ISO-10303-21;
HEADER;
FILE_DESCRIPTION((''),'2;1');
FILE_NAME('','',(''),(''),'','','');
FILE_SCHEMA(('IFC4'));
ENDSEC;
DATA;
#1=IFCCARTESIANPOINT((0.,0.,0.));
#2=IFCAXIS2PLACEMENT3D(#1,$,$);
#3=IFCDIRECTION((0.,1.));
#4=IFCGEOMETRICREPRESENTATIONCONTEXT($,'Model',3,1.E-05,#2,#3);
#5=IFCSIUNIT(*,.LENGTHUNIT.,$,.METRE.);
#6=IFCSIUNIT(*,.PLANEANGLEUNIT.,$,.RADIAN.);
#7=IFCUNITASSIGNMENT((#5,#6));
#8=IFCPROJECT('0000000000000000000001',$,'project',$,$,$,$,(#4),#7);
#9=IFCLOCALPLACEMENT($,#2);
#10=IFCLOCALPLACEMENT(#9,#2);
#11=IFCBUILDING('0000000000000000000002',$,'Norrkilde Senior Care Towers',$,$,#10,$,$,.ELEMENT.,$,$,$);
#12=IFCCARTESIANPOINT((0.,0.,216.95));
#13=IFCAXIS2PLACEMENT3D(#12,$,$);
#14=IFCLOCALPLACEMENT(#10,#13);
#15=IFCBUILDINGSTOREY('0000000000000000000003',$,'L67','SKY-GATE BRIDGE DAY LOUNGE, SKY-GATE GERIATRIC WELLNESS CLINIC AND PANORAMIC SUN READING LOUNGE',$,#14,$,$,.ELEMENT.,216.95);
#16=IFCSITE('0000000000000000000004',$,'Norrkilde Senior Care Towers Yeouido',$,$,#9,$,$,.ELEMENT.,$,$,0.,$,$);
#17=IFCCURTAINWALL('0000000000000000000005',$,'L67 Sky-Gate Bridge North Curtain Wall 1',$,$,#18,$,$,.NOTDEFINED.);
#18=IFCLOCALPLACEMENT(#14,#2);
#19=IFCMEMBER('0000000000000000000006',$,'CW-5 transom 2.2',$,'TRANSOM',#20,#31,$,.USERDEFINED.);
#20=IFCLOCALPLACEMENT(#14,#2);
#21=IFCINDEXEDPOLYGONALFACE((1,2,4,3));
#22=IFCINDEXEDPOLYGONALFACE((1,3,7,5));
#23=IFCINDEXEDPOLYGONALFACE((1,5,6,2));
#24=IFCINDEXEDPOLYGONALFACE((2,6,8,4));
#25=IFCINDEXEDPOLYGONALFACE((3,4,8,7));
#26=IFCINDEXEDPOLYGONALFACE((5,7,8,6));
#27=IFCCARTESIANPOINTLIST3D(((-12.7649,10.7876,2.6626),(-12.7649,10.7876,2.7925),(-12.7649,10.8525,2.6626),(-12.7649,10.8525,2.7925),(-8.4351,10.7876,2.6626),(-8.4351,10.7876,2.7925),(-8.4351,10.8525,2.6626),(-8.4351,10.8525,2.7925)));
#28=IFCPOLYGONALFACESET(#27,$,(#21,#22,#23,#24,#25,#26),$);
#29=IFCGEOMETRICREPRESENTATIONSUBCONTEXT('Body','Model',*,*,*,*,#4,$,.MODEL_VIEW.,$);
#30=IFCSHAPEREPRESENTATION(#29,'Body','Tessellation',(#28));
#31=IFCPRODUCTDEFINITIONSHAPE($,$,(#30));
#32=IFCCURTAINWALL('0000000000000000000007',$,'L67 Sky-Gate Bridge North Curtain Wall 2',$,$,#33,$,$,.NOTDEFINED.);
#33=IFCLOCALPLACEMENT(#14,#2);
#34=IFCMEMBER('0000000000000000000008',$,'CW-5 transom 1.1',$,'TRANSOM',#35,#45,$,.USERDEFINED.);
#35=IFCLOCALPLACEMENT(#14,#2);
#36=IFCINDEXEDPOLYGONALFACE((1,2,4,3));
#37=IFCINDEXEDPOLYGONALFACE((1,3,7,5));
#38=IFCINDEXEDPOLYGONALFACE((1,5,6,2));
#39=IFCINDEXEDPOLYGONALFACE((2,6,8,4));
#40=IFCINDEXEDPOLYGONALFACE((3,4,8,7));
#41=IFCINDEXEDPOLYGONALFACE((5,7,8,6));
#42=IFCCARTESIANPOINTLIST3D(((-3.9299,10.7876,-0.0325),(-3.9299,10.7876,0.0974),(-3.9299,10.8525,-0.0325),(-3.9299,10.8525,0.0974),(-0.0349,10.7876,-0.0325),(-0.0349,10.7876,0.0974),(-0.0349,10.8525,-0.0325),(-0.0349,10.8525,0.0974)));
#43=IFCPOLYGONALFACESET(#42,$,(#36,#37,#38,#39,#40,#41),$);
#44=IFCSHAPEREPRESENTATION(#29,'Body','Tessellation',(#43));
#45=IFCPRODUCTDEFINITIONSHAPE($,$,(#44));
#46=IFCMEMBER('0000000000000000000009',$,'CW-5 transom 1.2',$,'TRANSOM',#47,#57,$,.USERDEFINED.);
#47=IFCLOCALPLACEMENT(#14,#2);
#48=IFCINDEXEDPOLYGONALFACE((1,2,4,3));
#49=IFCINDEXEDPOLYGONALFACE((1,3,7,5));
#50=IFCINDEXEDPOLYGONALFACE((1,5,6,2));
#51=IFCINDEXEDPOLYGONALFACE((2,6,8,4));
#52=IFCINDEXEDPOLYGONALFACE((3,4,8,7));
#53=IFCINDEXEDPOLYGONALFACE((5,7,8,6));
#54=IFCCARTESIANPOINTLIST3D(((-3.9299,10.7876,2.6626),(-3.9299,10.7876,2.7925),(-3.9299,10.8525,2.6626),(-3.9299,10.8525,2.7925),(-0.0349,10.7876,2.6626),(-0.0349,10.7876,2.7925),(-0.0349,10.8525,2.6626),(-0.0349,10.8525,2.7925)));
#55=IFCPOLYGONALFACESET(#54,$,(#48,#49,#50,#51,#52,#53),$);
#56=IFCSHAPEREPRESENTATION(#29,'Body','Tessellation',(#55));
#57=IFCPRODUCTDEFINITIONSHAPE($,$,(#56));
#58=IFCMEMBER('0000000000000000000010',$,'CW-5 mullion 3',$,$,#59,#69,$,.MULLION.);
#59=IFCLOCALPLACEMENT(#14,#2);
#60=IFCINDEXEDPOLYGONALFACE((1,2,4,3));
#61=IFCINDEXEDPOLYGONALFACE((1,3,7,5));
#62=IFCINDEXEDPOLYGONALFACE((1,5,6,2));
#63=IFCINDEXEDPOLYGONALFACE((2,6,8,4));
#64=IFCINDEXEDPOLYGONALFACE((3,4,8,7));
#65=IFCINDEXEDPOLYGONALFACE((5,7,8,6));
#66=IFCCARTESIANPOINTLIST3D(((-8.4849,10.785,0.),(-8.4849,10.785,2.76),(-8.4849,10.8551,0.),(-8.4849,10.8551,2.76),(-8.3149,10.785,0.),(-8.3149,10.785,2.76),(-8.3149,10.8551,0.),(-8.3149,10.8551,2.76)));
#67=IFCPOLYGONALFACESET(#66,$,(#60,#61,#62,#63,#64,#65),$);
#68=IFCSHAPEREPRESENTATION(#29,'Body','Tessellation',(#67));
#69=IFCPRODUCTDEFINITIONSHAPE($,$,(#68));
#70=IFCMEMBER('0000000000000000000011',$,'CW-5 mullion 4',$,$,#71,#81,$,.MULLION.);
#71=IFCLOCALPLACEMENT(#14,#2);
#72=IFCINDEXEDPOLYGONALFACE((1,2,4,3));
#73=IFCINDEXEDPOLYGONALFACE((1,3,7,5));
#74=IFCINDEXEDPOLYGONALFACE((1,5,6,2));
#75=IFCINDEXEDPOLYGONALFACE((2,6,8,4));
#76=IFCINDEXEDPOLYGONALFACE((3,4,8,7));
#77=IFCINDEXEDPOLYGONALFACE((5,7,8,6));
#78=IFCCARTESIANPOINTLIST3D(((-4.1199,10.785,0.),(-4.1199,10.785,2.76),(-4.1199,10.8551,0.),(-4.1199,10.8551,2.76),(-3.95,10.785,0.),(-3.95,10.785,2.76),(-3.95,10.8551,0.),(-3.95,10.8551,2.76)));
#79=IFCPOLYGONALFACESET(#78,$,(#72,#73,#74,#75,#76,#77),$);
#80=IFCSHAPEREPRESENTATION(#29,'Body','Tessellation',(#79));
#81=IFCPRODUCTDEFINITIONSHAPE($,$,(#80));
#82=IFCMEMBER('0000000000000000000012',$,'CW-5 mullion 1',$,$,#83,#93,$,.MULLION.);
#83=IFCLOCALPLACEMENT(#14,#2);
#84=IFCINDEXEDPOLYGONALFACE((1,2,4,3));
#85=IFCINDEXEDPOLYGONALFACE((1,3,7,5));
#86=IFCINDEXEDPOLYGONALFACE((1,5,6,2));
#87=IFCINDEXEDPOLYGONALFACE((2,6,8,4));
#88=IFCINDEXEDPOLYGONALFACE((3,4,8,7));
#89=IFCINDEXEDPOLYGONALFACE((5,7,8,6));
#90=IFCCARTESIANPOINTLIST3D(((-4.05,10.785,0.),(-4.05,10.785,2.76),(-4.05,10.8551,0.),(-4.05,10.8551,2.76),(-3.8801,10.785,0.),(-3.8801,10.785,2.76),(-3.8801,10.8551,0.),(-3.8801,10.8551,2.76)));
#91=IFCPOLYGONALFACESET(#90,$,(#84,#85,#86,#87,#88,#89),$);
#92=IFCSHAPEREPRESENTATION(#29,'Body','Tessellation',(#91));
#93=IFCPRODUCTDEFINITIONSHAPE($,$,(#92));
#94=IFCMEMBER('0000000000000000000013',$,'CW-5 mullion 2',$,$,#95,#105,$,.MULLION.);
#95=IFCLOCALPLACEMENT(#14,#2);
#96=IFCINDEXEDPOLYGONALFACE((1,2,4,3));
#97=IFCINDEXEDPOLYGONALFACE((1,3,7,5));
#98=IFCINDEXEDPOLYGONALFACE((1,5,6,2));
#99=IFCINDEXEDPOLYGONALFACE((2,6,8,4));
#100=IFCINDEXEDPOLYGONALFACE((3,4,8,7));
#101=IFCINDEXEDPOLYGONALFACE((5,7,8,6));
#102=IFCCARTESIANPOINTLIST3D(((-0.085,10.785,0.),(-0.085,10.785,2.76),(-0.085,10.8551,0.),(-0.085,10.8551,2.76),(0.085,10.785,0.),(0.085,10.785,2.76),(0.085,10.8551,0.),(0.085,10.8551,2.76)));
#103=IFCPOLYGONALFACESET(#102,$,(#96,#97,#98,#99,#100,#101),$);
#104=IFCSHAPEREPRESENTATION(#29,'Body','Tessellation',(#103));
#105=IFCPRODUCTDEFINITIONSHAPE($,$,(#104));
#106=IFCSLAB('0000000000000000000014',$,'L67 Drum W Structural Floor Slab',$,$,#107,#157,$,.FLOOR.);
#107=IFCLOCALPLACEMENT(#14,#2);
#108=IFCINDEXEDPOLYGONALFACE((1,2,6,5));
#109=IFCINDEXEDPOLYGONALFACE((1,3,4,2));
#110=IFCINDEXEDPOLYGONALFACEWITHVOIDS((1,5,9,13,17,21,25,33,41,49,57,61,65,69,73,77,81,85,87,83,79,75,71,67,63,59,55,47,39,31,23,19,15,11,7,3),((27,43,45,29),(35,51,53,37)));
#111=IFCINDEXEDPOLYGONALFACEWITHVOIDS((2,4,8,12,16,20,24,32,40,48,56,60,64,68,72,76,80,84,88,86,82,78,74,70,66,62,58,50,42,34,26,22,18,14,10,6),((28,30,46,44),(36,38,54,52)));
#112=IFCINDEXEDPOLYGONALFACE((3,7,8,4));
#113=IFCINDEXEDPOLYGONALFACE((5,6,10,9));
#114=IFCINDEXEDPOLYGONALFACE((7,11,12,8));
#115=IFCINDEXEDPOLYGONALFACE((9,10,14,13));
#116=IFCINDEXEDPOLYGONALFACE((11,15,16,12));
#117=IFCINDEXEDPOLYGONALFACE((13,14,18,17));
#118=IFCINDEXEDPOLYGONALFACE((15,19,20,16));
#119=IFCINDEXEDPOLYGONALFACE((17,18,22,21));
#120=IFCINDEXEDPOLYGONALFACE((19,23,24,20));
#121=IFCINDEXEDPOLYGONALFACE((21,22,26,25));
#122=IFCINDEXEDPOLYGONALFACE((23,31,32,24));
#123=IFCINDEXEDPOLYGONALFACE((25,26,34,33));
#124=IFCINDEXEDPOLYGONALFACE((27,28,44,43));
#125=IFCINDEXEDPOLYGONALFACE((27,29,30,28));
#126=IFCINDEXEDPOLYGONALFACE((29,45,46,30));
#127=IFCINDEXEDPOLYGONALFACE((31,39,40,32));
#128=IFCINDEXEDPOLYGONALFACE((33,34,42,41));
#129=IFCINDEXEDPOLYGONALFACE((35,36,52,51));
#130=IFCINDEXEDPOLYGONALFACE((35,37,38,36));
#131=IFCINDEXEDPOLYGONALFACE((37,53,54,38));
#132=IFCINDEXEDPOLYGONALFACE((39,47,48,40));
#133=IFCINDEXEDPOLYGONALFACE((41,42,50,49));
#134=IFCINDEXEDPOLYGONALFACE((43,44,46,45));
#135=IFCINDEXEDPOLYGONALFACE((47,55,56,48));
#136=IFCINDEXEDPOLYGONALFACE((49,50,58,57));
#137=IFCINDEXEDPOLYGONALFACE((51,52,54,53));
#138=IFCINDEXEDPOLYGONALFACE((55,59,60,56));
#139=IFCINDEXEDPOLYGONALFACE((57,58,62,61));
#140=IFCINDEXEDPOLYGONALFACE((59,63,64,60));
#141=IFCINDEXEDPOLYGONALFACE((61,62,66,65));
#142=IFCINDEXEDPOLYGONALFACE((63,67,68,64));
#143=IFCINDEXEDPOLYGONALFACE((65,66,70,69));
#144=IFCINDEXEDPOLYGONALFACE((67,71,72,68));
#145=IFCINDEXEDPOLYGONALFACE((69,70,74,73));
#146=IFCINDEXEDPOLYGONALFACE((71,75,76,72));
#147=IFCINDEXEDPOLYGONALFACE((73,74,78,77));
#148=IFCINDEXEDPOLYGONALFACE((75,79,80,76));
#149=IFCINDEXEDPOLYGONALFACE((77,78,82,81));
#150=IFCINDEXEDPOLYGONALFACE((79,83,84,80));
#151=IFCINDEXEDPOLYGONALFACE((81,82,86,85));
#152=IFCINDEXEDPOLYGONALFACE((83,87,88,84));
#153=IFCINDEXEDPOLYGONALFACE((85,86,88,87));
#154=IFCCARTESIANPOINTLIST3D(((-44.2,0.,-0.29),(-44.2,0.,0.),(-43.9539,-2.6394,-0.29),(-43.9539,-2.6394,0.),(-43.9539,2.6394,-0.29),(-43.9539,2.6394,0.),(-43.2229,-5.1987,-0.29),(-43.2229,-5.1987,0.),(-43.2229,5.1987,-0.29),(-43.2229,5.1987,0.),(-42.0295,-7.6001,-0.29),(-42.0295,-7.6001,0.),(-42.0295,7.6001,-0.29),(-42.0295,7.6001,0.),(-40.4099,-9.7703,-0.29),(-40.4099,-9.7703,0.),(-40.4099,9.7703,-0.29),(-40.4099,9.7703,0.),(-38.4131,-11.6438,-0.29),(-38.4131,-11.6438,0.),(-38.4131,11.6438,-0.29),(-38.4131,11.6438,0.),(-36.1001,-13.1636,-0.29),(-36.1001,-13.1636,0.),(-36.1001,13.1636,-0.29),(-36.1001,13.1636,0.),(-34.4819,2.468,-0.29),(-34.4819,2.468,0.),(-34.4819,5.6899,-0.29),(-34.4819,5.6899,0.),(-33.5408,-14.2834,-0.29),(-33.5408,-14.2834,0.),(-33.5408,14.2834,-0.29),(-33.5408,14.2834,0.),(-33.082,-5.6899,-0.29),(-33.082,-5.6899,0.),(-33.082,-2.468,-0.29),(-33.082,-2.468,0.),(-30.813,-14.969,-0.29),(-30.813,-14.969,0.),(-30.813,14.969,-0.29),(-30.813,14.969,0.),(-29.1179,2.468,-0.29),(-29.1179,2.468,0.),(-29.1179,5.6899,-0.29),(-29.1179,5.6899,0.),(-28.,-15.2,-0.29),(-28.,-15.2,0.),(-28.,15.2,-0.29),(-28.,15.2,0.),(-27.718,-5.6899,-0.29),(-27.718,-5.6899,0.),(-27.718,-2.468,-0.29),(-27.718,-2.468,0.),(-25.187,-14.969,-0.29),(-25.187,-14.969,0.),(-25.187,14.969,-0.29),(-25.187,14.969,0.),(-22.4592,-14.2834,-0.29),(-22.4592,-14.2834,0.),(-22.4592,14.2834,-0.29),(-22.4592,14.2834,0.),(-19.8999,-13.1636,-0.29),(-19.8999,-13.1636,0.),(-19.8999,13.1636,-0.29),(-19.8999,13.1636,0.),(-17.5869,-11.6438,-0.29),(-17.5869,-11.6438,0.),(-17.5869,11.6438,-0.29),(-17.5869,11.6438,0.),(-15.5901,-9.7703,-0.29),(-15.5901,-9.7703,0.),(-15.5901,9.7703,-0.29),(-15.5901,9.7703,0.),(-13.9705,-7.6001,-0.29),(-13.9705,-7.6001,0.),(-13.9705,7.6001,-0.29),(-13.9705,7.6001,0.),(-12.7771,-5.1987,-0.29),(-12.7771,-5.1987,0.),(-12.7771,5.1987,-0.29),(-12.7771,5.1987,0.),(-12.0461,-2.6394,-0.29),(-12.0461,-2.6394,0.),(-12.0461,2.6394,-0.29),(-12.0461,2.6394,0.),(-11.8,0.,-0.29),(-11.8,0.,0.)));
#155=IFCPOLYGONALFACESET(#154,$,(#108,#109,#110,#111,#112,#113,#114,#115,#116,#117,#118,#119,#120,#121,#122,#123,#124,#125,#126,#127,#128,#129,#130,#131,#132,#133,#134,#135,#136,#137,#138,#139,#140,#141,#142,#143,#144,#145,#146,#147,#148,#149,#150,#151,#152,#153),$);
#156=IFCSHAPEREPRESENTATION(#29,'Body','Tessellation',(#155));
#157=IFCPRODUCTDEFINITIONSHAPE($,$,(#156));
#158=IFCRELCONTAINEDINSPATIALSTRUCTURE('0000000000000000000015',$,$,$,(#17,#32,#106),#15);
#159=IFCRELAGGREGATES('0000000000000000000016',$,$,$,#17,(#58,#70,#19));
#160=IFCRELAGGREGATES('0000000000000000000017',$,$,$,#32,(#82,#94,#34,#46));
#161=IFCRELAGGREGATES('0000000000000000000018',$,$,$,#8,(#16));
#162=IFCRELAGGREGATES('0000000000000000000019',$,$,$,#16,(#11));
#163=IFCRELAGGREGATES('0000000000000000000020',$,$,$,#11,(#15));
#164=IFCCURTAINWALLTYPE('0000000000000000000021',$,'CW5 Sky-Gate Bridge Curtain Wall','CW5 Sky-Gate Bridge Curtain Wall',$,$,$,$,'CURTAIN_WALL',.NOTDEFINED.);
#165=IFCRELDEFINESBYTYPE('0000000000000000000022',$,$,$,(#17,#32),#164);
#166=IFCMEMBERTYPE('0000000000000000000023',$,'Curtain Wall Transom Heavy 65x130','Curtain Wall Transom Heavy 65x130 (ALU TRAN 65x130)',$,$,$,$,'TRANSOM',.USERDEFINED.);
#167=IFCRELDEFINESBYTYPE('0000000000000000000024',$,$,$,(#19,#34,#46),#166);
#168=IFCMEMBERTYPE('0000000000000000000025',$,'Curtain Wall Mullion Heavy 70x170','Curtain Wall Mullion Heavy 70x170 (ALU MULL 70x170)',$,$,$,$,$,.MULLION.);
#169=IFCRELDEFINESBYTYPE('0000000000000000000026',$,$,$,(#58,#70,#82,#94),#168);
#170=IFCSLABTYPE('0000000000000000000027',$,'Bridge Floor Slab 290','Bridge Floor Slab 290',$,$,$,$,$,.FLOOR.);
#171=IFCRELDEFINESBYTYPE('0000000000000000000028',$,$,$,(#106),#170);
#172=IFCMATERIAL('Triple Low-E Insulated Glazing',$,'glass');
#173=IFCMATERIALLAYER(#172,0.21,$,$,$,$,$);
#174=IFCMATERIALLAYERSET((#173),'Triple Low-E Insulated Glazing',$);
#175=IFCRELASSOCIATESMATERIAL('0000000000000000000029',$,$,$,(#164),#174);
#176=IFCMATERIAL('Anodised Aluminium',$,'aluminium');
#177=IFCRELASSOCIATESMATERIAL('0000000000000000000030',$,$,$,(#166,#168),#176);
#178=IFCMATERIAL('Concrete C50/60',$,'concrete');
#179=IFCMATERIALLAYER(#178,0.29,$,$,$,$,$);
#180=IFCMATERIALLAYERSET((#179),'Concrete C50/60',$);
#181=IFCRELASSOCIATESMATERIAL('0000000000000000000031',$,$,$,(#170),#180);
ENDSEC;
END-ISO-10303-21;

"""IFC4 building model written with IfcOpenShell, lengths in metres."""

from ifc_helpers import new_model, si_unit, direction, frame, origin, origin_2d, place, context, subcontext, project, spatial, polyline, rectangle, outline, extrude, source, transform, mapped, material, layer, layer_set, material_profile, profile_set, type_object, type_shapes, element, aggregate, save


model = new_model("IFC4")

# Units and contexts
model_context = context("Model", 3, precision=1e-05, world=origin(), true_north=direction((0.0, 1.0)))
body_context = subcontext(model_context, "Body", "Model", "MODEL_VIEW")
ifc_project = project(units=[si_unit("LENGTHUNIT", "METRE"), si_unit("PLANEANGLEUNIT", "RADIAN")], contexts=[model_context])

# Site, building, storey
site_placement = place(None, origin())
site = spatial("IfcSite", under=ifc_project, at=site_placement, Name="Norrkilde Senior Care Towers Yeouido", CompositionType="ELEMENT", RefElevation=0.0)
building_placement = place(site_placement, origin())
building = spatial("IfcBuilding", under=site, at=building_placement, Name="Norrkilde Senior Care Towers", CompositionType="ELEMENT")
storey_placement = place(building_placement, frame((0.0, 0.0, 216.95)))
storey = spatial("IfcBuildingStorey", under=building, at=storey_placement, Name="L67", Description="SKY-GATE BRIDGE DAY LOUNGE, SKY-GATE GERIATRIC WELLNESS CLINIC AND PANORAMIC SUN READING LOUNGE", CompositionType="ELEMENT", Elevation=216.95)

# Curtain walls, members
ifc_material_1 = material(Name="Triple Low-E Insulated Glazing", Category="glass")
ifc_layer_1 = layer(ifc_material_1, 0.21)
ifc_layer_set_1 = layer_set([ifc_layer_1], Name="Triple Low-E Insulated Glazing")
curtain_wall_type = type_object("IfcCurtainWallType", Name="CW5 Sky-Gate Bridge Curtain Wall", Description="CW5 Sky-Gate Bridge Curtain Wall", ElementType="CURTAIN_WALL", PredefinedType="NOTDEFINED", material=ifc_layer_set_1)
curtain_wall_1_placement = place(storey_placement, origin())
curtain_wall_1 = element("IfcCurtainWall", 1, at=curtain_wall_1_placement, inside=storey, type_object=curtain_wall_type, Name="L67 Sky-Gate Bridge North Curtain Wall 1", PredefinedType="NOTDEFINED")
ifc_material_2 = material(Name="Anodised Aluminium", Category="aluminium")
ifc_material_profile_1 = material_profile(ifc_material_2, rectangle(XDim=0.0649, YDim=0.1299, at=origin_2d()), Name="ALU TRAN 65x130")
ifc_profile_set_1 = profile_set([ifc_material_profile_1], Name="Anodised Aluminium")
member_type_1 = type_object("IfcMemberType", Name="Curtain Wall Transom Heavy 65x130", Description="Curtain Wall Transom Heavy 65x130 (ALU TRAN 65x130)", ElementType="TRANSOM", PredefinedType="USERDEFINED", material=ifc_profile_set_1)
shared_shape_1 = source(origin(), body_context, "Body", "SweptSolid", [
    extrude(rectangle(XDim=0.0649, YDim=0.1299, at=origin_2d()), origin(), (0.0, 0.0, 1.0), 4.3298),
])
member_1_placement = place(storey_placement, frame((-12.7649, 10.8201, 2.7275), z_axis=(1.0, 0.0, 0.0), x_axis=(0.0, 1.0, 0.0)))
member_1 = element("IfcMember", 2, at=member_1_placement, type_object=member_type_1, Name="CW-5 transom 2.2", ObjectType="TRANSOM", PredefinedType="USERDEFINED", context=body_context, shape_type="MappedRepresentation", body=[
    mapped(shared_shape_1, transform((0.0, 0.0, 0.0), x_axis=(1.0, 0.0, 0.0), y_axis=(0.0, 1.0, 0.0), z_axis=(0.0, 0.0, 1.0), scale=1.0)),
])
curtain_wall_2_placement = place(storey_placement, origin())
curtain_wall_2 = element("IfcCurtainWall", 3, at=curtain_wall_2_placement, inside=storey, type_object=curtain_wall_type, Name="L67 Sky-Gate Bridge North Curtain Wall 2", PredefinedType="NOTDEFINED")
shared_shape_2 = source(origin(), body_context, "Body", "SweptSolid", [
    extrude(rectangle(XDim=0.0649, YDim=0.1299, at=origin_2d()), origin(), (0.0, 0.0, 1.0), 3.895),
])
member_2_placement = place(storey_placement, frame((-3.9299, 10.8201, 0.0325), z_axis=(1.0, 0.0, 0.0), x_axis=(0.0, 1.0, 0.0)))
member_2 = element("IfcMember", 4, at=member_2_placement, type_object=member_type_1, Name="CW-5 transom 1.1", ObjectType="TRANSOM", PredefinedType="USERDEFINED", context=body_context, shape_type="MappedRepresentation", body=[
    mapped(shared_shape_2, transform((0.0, 0.0, 0.0), x_axis=(1.0, 0.0, 0.0), y_axis=(0.0, 1.0, 0.0), z_axis=(0.0, 0.0, 1.0), scale=1.0)),
])
member_3_placement = place(storey_placement, frame((-3.9299, 10.8201, 2.7275), z_axis=(1.0, 0.0, 0.0), x_axis=(0.0, 1.0, 0.0)))
member_3 = element("IfcMember", 5, at=member_3_placement, type_object=member_type_1, Name="CW-5 transom 1.2", ObjectType="TRANSOM", PredefinedType="USERDEFINED", context=body_context, shape_type="MappedRepresentation", body=[
    mapped(shared_shape_2, transform((0.0, 0.0, 0.0), x_axis=(1.0, 0.0, 0.0), y_axis=(0.0, 1.0, 0.0), z_axis=(0.0, 0.0, 1.0), scale=1.0)),
])

# Members
ifc_material_profile_2 = material_profile(ifc_material_2, rectangle(XDim=0.0701, YDim=0.1699, at=origin_2d()), Name="ALU MULL 70x170")
ifc_profile_set_2 = profile_set([ifc_material_profile_2], Name="Anodised Aluminium")
member_type_2 = type_object("IfcMemberType", Name="Curtain Wall Mullion Heavy 70x170", Description="Curtain Wall Mullion Heavy 70x170 (ALU MULL 70x170)", PredefinedType="MULLION", material=ifc_profile_set_2)
shared_shape_3 = source(origin(), body_context, "Body", "SweptSolid", [
    extrude(rectangle(XDim=0.0701, YDim=0.1699, at=origin_2d()), origin(), (0.0, 0.0, 1.0), 2.76),
])
type_shapes(member_type_2, [shared_shape_3])
member_4_placement = place(storey_placement, frame((-8.3999, 10.8201, 0.0), z_axis=(0.0, 0.0, 1.0), x_axis=(0.0, 1.0, 0.0)))
member_4 = element("IfcMember", 6, at=member_4_placement, type_object=member_type_2, Name="CW-5 mullion 3", PredefinedType="MULLION", context=body_context, shape_type="MappedRepresentation", body=[
    mapped(shared_shape_3, transform((0.0, 0.0, 0.0), x_axis=(1.0, 0.0, 0.0), y_axis=(0.0, 1.0, 0.0), z_axis=(0.0, 0.0, 1.0), scale=1.0)),
])
member_5_placement = place(storey_placement, frame((-4.0349, 10.8201, 0.0), z_axis=(0.0, 0.0, 1.0), x_axis=(0.0, 1.0, 0.0)))
member_5 = element("IfcMember", 7, at=member_5_placement, type_object=member_type_2, Name="CW-5 mullion 4", PredefinedType="MULLION", context=body_context, shape_type="MappedRepresentation", body=[
    mapped(shared_shape_3, transform((0.0, 0.0, 0.0), x_axis=(1.0, 0.0, 0.0), y_axis=(0.0, 1.0, 0.0), z_axis=(0.0, 0.0, 1.0), scale=1.0)),
])
member_6_placement = place(storey_placement, frame((-3.9651, 10.8201, 0.0), z_axis=(0.0, 0.0, 1.0), x_axis=(0.0, 1.0, 0.0)))
member_6 = element("IfcMember", 8, at=member_6_placement, type_object=member_type_2, Name="CW-5 mullion 1", PredefinedType="MULLION", context=body_context, shape_type="MappedRepresentation", body=[
    mapped(shared_shape_3, transform((0.0, 0.0, 0.0), x_axis=(1.0, 0.0, 0.0), y_axis=(0.0, 1.0, 0.0), z_axis=(0.0, 0.0, 1.0), scale=1.0)),
])
member_7_placement = place(storey_placement, frame((0.0, 10.8201, 0.0), z_axis=(0.0, 0.0, 1.0), x_axis=(0.0, 1.0, 0.0)))
member_7 = element("IfcMember", 9, at=member_7_placement, type_object=member_type_2, Name="CW-5 mullion 2", PredefinedType="MULLION", context=body_context, shape_type="MappedRepresentation", body=[
    mapped(shared_shape_3, transform((0.0, 0.0, 0.0), x_axis=(1.0, 0.0, 0.0), y_axis=(0.0, 1.0, 0.0), z_axis=(0.0, 0.0, 1.0), scale=1.0)),
])

# Slab
ifc_material_3 = material(Name="Concrete C50/60", Category="concrete")
ifc_layer_2 = layer(ifc_material_3, 0.29)
ifc_layer_set_2 = layer_set([ifc_layer_2], Name="Concrete C50/60")
slab_type_1 = type_object("IfcSlabType", Name="Bridge Floor Slab 290", Description="Bridge Floor Slab 290", PredefinedType="FLOOR", material=ifc_layer_set_2)
slab_1_placement = place(storey_placement, frame((0.0, 0.0, -0.29)))
element("IfcSlab", 10, at=slab_1_placement, inside=storey, type_object=slab_type_1, Name="L67 Drum W Structural Floor Slab", PredefinedType="FLOOR", context=body_context, shape_type="SweptSolid", body=[
    extrude(outline(polyline([(-12.7771, -5.1987), (-13.9705, -7.6001), (-15.5901, -9.7703), (-17.5869, -11.6438), (-19.8999, -13.1636), (-22.4592, -14.2834), (-25.187, -14.969), (-28.0, -15.2), (-30.813, -14.969), (-33.5408, -14.2834), (-36.1001, -13.1636), (-38.4131, -11.6438), (-40.4099, -9.7703), (-42.0295, -7.6001), (-43.2229, -5.1987), (-43.9539, -2.6394), (-44.2, 0.0), (-43.9539, 2.6394), (-43.2229, 5.1987), (-42.0295, 7.6001), (-40.4099, 9.7703), (-38.4131, 11.6438), (-36.1001, 13.1636), (-33.5408, 14.2834), (-30.813, 14.969), (-28.0, 15.2), (-25.187, 14.969), (-22.4592, 14.2834), (-19.8999, 13.1636), (-17.5869, 11.6438), (-15.5901, 9.7703), (-13.9705, 7.6001), (-12.7771, 5.1987), (-12.0461, 2.6394), (-11.8, 0.0), (-12.0461, -2.6394), (-12.7771, -5.1987)]), holes=[polyline([(-34.4819, 2.468), (-29.1179, 2.468), (-29.1179, 5.6899), (-34.4819, 5.6899), (-34.4819, 2.468)]), polyline([(-27.718, -5.6899), (-27.718, -2.468), (-33.082, -2.468), (-33.082, -5.6899), (-27.718, -5.6899)])]), origin(), (0.0, 0.0, 1.0), 0.29),
])

aggregate(curtain_wall_1, [member_4, member_5, member_1])
aggregate(curtain_wall_2, [member_6, member_7, member_2, member_3])

save(model, "model.ifc")
